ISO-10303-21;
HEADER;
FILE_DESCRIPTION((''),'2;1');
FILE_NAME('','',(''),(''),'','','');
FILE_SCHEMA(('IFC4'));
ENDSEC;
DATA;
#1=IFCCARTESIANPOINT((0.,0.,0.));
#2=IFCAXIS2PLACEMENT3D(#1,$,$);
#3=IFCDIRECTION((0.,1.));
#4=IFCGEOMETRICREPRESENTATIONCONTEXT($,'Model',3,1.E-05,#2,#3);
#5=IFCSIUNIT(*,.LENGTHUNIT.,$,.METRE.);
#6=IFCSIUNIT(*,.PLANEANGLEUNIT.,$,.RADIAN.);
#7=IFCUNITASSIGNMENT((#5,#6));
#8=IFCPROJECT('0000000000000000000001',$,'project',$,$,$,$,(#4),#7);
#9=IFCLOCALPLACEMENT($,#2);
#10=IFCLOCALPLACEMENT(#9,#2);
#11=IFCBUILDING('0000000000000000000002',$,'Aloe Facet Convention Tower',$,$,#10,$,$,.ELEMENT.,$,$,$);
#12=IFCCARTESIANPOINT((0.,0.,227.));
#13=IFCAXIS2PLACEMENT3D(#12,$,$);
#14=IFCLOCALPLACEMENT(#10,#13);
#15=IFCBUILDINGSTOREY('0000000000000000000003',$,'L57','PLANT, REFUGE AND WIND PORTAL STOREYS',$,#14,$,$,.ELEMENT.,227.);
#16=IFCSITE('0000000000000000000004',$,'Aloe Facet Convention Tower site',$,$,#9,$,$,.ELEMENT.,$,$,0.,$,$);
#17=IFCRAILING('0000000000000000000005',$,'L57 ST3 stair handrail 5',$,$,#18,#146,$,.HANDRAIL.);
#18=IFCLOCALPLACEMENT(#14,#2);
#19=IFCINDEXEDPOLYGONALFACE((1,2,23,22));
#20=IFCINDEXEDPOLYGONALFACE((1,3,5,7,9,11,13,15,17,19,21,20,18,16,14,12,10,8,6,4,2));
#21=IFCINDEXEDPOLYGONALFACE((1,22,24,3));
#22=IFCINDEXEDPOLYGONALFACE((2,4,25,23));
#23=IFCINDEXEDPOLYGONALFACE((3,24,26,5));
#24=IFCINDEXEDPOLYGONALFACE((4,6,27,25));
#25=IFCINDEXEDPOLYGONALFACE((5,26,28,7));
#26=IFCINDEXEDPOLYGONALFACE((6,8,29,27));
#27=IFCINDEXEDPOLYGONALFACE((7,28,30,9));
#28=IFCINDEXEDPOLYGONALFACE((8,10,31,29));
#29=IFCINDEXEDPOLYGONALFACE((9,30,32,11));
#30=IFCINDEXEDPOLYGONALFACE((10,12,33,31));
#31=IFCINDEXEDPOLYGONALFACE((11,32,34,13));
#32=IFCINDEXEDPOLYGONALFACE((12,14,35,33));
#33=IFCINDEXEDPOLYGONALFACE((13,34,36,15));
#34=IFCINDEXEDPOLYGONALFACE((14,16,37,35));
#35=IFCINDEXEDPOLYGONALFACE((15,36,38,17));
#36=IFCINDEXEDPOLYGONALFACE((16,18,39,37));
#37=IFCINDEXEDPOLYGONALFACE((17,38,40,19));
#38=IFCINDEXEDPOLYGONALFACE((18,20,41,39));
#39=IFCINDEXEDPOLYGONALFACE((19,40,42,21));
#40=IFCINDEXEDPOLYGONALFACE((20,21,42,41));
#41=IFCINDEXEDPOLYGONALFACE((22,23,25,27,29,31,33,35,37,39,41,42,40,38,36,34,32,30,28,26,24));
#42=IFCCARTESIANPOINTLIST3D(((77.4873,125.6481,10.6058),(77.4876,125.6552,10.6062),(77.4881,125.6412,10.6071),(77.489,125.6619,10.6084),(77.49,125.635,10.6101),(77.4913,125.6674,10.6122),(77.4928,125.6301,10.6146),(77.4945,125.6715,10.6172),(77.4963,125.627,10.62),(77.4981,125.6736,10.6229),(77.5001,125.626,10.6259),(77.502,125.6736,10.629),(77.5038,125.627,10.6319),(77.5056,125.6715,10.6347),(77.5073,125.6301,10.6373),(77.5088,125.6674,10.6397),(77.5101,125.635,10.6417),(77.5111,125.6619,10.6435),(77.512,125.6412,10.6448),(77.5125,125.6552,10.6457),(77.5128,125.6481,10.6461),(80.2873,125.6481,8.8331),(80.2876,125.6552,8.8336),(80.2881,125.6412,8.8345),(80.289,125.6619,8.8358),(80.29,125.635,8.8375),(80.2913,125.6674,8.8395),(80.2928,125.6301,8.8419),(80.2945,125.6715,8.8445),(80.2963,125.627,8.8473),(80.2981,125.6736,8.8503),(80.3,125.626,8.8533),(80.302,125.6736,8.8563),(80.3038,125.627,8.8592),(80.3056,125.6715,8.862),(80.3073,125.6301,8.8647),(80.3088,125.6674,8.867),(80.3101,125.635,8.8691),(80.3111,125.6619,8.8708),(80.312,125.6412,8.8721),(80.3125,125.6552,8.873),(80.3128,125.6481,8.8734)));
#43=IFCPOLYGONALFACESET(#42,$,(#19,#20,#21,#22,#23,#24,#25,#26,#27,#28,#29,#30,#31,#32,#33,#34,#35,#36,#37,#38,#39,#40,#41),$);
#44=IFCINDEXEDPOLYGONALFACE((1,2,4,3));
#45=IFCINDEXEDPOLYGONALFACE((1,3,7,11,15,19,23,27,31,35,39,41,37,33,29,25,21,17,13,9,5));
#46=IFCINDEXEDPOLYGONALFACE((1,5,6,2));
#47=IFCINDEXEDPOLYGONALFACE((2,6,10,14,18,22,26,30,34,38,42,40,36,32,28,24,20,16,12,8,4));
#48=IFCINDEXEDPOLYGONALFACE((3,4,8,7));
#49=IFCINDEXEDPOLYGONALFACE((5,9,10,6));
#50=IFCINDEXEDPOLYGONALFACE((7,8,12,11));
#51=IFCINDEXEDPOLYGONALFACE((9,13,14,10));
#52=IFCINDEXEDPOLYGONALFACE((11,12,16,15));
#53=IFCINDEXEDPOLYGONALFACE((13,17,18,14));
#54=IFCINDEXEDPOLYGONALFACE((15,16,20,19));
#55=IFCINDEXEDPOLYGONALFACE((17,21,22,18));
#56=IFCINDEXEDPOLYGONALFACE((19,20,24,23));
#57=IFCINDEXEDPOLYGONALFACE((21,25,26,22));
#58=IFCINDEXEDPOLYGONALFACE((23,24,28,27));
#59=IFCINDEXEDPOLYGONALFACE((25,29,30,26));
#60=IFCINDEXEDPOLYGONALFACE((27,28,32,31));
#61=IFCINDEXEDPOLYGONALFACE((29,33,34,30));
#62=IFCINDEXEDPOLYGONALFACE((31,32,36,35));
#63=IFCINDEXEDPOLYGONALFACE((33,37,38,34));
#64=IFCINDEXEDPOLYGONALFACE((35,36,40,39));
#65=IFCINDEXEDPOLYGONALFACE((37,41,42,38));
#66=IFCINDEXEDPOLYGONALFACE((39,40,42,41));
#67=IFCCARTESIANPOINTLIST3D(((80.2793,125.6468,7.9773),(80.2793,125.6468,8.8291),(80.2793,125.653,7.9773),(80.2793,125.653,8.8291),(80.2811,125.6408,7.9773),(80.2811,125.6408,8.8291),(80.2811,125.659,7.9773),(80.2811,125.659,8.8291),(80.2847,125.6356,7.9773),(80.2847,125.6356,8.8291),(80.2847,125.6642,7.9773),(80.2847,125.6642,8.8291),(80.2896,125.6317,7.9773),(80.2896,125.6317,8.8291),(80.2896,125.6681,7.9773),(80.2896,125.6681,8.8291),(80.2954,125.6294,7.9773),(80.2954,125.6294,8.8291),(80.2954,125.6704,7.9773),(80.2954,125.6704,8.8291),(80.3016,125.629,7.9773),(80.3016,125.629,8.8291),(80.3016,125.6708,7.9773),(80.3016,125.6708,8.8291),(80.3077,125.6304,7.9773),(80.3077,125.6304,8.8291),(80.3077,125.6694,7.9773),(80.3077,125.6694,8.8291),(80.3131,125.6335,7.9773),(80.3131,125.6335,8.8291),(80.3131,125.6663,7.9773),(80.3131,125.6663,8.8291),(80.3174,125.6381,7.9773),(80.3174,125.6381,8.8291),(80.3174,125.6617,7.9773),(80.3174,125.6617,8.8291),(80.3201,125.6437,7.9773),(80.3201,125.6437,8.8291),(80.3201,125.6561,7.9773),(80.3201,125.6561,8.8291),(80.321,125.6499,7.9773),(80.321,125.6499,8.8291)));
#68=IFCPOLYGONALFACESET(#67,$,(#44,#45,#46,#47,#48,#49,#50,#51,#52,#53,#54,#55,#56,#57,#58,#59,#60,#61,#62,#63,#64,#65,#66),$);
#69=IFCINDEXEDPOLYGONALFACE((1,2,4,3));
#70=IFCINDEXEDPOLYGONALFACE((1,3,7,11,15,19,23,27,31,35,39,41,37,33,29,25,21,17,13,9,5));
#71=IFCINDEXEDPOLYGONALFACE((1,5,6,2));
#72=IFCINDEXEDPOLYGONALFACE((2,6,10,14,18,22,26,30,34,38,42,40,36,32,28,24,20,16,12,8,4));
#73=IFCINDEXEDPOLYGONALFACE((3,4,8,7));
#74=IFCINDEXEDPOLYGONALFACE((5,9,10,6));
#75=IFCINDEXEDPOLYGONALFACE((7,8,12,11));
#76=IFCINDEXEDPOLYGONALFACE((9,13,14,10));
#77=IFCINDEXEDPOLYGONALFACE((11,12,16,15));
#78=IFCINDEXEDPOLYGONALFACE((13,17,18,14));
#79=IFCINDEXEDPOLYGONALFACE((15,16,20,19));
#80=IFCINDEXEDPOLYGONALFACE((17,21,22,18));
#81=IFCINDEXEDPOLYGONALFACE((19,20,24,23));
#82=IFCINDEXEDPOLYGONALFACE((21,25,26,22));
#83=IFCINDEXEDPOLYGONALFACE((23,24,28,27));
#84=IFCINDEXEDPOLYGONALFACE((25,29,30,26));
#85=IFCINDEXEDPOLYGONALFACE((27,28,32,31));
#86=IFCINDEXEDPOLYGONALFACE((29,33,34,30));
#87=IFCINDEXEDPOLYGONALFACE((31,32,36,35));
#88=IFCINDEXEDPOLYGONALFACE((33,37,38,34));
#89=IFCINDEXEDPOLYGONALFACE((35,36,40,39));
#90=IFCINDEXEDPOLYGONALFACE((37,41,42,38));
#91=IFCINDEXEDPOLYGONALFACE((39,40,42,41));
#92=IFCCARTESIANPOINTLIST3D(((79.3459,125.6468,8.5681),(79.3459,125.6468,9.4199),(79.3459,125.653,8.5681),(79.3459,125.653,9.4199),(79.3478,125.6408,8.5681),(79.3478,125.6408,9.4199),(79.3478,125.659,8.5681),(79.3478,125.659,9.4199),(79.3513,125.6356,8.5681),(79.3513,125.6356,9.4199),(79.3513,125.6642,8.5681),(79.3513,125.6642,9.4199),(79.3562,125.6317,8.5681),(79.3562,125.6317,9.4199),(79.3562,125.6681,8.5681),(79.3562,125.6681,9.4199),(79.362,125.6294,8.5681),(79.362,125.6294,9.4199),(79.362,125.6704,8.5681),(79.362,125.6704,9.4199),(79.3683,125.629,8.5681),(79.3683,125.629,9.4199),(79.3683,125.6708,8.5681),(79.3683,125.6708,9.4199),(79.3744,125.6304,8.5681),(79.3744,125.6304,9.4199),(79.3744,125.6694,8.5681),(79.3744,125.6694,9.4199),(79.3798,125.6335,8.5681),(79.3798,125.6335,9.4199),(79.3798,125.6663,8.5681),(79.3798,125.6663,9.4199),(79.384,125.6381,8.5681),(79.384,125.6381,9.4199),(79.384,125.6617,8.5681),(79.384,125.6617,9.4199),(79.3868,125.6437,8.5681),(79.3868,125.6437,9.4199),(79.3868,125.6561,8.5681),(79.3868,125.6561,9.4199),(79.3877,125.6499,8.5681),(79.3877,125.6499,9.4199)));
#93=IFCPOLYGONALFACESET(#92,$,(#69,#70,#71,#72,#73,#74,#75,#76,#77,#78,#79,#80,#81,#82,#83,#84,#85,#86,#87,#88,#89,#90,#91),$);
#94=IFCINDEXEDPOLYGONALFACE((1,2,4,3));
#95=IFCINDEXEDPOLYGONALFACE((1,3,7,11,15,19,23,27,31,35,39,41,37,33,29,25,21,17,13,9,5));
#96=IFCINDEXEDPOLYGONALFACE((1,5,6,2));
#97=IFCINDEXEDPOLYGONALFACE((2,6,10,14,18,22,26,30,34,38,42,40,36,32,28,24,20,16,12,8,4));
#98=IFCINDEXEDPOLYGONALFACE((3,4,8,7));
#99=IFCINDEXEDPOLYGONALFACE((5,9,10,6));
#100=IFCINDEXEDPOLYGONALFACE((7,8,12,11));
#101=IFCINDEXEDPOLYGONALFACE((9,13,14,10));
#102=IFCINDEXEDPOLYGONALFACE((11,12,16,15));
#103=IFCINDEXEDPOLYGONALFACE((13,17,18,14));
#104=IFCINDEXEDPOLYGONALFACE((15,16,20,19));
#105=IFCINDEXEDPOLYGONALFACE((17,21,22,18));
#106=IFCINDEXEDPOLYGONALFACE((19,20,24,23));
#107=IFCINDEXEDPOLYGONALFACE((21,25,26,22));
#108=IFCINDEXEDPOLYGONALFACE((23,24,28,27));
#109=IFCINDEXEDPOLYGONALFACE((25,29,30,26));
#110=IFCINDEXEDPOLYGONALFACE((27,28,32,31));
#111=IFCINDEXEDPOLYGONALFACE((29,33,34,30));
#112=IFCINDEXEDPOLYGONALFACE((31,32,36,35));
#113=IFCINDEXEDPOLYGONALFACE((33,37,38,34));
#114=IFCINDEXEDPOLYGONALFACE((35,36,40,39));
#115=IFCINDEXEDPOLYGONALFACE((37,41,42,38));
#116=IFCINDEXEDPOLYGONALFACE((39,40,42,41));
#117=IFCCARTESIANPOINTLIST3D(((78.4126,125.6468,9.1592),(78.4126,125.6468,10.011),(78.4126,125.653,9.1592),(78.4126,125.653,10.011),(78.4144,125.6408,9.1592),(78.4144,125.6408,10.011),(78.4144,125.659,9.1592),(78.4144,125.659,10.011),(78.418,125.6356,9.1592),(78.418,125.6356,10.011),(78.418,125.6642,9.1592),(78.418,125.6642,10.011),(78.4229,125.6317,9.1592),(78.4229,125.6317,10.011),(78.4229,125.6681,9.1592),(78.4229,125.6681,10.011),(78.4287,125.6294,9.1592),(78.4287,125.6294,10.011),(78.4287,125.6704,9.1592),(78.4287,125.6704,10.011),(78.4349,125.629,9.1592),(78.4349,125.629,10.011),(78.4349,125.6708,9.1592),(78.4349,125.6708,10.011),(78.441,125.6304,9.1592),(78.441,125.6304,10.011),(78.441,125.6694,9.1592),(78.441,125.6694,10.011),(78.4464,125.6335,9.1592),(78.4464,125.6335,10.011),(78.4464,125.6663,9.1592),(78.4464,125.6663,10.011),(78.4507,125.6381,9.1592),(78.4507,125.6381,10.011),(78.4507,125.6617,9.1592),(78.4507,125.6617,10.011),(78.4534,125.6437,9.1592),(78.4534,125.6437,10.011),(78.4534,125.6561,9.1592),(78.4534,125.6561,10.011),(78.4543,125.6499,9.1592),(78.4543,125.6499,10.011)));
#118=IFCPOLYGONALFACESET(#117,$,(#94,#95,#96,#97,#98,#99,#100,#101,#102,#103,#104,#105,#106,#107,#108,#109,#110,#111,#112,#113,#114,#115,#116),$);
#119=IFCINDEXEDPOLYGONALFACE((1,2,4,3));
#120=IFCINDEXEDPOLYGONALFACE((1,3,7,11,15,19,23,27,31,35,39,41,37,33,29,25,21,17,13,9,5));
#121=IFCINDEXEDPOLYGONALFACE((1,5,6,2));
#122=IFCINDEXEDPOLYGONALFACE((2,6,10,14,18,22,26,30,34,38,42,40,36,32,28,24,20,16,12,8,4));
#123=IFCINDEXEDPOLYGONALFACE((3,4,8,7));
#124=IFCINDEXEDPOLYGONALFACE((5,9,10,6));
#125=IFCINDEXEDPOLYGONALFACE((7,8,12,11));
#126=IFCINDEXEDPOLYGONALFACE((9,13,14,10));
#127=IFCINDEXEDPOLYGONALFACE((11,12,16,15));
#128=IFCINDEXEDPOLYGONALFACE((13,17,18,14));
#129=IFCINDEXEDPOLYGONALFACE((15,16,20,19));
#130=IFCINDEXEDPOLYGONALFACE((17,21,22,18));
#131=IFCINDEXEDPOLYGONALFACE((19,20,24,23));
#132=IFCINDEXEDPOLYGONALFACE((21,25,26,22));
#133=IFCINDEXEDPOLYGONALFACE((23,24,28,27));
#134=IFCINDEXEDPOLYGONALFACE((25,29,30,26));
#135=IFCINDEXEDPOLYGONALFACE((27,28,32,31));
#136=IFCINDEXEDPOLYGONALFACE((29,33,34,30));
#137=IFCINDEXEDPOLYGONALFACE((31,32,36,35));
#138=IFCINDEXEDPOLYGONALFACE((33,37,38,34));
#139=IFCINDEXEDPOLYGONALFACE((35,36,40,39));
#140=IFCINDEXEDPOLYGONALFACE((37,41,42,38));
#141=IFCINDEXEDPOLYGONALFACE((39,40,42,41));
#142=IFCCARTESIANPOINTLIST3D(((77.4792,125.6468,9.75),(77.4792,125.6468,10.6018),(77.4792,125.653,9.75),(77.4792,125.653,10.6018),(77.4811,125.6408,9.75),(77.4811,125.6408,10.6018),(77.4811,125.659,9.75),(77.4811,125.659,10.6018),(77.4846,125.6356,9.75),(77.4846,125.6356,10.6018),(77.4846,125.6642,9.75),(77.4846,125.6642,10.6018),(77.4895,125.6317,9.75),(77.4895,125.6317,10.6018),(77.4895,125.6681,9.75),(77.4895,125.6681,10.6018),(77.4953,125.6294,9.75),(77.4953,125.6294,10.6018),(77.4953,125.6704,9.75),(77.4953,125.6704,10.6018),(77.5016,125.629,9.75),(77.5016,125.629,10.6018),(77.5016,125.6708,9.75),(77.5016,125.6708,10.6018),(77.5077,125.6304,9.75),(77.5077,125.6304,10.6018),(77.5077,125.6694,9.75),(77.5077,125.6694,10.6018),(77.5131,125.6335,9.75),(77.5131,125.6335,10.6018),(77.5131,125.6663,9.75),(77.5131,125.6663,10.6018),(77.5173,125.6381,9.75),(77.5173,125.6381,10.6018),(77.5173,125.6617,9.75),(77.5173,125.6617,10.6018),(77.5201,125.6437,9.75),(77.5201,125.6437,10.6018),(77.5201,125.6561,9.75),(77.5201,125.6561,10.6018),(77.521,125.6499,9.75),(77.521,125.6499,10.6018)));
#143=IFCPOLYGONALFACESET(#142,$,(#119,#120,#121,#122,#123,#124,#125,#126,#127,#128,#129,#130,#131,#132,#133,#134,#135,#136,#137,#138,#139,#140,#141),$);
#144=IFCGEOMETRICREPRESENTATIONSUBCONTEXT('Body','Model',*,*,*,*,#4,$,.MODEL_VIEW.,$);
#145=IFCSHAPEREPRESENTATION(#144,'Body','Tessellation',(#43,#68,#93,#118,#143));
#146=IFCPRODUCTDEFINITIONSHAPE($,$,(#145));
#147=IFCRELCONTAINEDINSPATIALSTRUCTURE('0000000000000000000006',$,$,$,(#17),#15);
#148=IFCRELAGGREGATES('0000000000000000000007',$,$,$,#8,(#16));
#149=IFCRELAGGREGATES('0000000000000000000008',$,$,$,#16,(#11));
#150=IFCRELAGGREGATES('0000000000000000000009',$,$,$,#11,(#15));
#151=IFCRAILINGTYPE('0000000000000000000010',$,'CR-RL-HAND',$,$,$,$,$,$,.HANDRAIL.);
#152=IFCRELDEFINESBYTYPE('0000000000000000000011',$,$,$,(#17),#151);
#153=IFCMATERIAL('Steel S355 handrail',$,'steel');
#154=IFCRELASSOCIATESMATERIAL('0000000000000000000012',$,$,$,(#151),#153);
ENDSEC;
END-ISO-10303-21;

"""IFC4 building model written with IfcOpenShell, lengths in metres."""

from ifc_helpers import new_model, si_unit, direction, frame, origin, origin_2d, place, context, subcontext, project, spatial, circle, extrude, material, type_object, element, save


model = new_model("IFC4")

# Units and contexts
model_context = context("Model", 3, precision=1e-05, world=origin(), true_north=direction((0.0, 1.0)))
body_context = subcontext(model_context, "Body", "Model", "MODEL_VIEW")
ifc_project = project(units=[si_unit("LENGTHUNIT", "METRE"), si_unit("PLANEANGLEUNIT", "RADIAN")], contexts=[model_context])

# Site, building, storey
site_placement = place(None, origin())
site = spatial("IfcSite", under=ifc_project, at=site_placement, Name="Aloe Facet Convention Tower site", CompositionType="ELEMENT", RefElevation=0.0)
building_placement = place(site_placement, origin())
building = spatial("IfcBuilding", under=site, at=building_placement, Name="Aloe Facet Convention Tower", CompositionType="ELEMENT")
storey_placement = place(building_placement, frame((0.0, 0.0, 227.0)))
storey = spatial("IfcBuildingStorey", under=building, at=storey_placement, Name="L57", Description="PLANT, REFUGE AND WIND PORTAL STOREYS", CompositionType="ELEMENT", Elevation=227.0)

# Railing
ifc_material_1 = material(Name="Steel S355 handrail", Category="steel")
railing_type_1 = type_object("IfcRailingType", Name="CR-RL-HAND", PredefinedType="HANDRAIL", material=ifc_material_1)
for number, where, name in (
    (1, (80.3, 125.6499, 7.9773), "L57 ST3 stair handrail 5"),
):
    element("IfcRailing", number, at=place(storey_placement, frame(where)), inside=storey, type_object=railing_type_1, Name=name, PredefinedType="HANDRAIL", context=body_context, shape_type="SweptSolid", body=[
        extrude(circle(Radius=0.0239, at=origin_2d()), frame((0.0, 0.0, 0.876), z_axis=(-0.844909, 0.0, 0.53491), x_axis=(0.0, -1.0, 0.0)), (0.0, 0.0, 1.0), 3.314),
        extrude(circle(Radius=0.021, at=origin_2d()), origin(), (0.0, 0.0, 1.0), 0.8518),
        extrude(circle(Radius=0.021, at=origin_2d()), frame((-0.9333, 0.0, 0.5908)), (0.0, 0.0, 1.0), 0.8518),
        extrude(circle(Radius=0.021, at=origin_2d()), frame((-1.8667, 0.0, 1.1819)), (0.0, 0.0, 1.0), 0.8518),
        extrude(circle(Radius=0.021, at=origin_2d()), frame((-2.8, 0.0, 1.7727)), (0.0, 0.0, 1.0), 0.8518),
    ])

save(model, "model.ifc")
